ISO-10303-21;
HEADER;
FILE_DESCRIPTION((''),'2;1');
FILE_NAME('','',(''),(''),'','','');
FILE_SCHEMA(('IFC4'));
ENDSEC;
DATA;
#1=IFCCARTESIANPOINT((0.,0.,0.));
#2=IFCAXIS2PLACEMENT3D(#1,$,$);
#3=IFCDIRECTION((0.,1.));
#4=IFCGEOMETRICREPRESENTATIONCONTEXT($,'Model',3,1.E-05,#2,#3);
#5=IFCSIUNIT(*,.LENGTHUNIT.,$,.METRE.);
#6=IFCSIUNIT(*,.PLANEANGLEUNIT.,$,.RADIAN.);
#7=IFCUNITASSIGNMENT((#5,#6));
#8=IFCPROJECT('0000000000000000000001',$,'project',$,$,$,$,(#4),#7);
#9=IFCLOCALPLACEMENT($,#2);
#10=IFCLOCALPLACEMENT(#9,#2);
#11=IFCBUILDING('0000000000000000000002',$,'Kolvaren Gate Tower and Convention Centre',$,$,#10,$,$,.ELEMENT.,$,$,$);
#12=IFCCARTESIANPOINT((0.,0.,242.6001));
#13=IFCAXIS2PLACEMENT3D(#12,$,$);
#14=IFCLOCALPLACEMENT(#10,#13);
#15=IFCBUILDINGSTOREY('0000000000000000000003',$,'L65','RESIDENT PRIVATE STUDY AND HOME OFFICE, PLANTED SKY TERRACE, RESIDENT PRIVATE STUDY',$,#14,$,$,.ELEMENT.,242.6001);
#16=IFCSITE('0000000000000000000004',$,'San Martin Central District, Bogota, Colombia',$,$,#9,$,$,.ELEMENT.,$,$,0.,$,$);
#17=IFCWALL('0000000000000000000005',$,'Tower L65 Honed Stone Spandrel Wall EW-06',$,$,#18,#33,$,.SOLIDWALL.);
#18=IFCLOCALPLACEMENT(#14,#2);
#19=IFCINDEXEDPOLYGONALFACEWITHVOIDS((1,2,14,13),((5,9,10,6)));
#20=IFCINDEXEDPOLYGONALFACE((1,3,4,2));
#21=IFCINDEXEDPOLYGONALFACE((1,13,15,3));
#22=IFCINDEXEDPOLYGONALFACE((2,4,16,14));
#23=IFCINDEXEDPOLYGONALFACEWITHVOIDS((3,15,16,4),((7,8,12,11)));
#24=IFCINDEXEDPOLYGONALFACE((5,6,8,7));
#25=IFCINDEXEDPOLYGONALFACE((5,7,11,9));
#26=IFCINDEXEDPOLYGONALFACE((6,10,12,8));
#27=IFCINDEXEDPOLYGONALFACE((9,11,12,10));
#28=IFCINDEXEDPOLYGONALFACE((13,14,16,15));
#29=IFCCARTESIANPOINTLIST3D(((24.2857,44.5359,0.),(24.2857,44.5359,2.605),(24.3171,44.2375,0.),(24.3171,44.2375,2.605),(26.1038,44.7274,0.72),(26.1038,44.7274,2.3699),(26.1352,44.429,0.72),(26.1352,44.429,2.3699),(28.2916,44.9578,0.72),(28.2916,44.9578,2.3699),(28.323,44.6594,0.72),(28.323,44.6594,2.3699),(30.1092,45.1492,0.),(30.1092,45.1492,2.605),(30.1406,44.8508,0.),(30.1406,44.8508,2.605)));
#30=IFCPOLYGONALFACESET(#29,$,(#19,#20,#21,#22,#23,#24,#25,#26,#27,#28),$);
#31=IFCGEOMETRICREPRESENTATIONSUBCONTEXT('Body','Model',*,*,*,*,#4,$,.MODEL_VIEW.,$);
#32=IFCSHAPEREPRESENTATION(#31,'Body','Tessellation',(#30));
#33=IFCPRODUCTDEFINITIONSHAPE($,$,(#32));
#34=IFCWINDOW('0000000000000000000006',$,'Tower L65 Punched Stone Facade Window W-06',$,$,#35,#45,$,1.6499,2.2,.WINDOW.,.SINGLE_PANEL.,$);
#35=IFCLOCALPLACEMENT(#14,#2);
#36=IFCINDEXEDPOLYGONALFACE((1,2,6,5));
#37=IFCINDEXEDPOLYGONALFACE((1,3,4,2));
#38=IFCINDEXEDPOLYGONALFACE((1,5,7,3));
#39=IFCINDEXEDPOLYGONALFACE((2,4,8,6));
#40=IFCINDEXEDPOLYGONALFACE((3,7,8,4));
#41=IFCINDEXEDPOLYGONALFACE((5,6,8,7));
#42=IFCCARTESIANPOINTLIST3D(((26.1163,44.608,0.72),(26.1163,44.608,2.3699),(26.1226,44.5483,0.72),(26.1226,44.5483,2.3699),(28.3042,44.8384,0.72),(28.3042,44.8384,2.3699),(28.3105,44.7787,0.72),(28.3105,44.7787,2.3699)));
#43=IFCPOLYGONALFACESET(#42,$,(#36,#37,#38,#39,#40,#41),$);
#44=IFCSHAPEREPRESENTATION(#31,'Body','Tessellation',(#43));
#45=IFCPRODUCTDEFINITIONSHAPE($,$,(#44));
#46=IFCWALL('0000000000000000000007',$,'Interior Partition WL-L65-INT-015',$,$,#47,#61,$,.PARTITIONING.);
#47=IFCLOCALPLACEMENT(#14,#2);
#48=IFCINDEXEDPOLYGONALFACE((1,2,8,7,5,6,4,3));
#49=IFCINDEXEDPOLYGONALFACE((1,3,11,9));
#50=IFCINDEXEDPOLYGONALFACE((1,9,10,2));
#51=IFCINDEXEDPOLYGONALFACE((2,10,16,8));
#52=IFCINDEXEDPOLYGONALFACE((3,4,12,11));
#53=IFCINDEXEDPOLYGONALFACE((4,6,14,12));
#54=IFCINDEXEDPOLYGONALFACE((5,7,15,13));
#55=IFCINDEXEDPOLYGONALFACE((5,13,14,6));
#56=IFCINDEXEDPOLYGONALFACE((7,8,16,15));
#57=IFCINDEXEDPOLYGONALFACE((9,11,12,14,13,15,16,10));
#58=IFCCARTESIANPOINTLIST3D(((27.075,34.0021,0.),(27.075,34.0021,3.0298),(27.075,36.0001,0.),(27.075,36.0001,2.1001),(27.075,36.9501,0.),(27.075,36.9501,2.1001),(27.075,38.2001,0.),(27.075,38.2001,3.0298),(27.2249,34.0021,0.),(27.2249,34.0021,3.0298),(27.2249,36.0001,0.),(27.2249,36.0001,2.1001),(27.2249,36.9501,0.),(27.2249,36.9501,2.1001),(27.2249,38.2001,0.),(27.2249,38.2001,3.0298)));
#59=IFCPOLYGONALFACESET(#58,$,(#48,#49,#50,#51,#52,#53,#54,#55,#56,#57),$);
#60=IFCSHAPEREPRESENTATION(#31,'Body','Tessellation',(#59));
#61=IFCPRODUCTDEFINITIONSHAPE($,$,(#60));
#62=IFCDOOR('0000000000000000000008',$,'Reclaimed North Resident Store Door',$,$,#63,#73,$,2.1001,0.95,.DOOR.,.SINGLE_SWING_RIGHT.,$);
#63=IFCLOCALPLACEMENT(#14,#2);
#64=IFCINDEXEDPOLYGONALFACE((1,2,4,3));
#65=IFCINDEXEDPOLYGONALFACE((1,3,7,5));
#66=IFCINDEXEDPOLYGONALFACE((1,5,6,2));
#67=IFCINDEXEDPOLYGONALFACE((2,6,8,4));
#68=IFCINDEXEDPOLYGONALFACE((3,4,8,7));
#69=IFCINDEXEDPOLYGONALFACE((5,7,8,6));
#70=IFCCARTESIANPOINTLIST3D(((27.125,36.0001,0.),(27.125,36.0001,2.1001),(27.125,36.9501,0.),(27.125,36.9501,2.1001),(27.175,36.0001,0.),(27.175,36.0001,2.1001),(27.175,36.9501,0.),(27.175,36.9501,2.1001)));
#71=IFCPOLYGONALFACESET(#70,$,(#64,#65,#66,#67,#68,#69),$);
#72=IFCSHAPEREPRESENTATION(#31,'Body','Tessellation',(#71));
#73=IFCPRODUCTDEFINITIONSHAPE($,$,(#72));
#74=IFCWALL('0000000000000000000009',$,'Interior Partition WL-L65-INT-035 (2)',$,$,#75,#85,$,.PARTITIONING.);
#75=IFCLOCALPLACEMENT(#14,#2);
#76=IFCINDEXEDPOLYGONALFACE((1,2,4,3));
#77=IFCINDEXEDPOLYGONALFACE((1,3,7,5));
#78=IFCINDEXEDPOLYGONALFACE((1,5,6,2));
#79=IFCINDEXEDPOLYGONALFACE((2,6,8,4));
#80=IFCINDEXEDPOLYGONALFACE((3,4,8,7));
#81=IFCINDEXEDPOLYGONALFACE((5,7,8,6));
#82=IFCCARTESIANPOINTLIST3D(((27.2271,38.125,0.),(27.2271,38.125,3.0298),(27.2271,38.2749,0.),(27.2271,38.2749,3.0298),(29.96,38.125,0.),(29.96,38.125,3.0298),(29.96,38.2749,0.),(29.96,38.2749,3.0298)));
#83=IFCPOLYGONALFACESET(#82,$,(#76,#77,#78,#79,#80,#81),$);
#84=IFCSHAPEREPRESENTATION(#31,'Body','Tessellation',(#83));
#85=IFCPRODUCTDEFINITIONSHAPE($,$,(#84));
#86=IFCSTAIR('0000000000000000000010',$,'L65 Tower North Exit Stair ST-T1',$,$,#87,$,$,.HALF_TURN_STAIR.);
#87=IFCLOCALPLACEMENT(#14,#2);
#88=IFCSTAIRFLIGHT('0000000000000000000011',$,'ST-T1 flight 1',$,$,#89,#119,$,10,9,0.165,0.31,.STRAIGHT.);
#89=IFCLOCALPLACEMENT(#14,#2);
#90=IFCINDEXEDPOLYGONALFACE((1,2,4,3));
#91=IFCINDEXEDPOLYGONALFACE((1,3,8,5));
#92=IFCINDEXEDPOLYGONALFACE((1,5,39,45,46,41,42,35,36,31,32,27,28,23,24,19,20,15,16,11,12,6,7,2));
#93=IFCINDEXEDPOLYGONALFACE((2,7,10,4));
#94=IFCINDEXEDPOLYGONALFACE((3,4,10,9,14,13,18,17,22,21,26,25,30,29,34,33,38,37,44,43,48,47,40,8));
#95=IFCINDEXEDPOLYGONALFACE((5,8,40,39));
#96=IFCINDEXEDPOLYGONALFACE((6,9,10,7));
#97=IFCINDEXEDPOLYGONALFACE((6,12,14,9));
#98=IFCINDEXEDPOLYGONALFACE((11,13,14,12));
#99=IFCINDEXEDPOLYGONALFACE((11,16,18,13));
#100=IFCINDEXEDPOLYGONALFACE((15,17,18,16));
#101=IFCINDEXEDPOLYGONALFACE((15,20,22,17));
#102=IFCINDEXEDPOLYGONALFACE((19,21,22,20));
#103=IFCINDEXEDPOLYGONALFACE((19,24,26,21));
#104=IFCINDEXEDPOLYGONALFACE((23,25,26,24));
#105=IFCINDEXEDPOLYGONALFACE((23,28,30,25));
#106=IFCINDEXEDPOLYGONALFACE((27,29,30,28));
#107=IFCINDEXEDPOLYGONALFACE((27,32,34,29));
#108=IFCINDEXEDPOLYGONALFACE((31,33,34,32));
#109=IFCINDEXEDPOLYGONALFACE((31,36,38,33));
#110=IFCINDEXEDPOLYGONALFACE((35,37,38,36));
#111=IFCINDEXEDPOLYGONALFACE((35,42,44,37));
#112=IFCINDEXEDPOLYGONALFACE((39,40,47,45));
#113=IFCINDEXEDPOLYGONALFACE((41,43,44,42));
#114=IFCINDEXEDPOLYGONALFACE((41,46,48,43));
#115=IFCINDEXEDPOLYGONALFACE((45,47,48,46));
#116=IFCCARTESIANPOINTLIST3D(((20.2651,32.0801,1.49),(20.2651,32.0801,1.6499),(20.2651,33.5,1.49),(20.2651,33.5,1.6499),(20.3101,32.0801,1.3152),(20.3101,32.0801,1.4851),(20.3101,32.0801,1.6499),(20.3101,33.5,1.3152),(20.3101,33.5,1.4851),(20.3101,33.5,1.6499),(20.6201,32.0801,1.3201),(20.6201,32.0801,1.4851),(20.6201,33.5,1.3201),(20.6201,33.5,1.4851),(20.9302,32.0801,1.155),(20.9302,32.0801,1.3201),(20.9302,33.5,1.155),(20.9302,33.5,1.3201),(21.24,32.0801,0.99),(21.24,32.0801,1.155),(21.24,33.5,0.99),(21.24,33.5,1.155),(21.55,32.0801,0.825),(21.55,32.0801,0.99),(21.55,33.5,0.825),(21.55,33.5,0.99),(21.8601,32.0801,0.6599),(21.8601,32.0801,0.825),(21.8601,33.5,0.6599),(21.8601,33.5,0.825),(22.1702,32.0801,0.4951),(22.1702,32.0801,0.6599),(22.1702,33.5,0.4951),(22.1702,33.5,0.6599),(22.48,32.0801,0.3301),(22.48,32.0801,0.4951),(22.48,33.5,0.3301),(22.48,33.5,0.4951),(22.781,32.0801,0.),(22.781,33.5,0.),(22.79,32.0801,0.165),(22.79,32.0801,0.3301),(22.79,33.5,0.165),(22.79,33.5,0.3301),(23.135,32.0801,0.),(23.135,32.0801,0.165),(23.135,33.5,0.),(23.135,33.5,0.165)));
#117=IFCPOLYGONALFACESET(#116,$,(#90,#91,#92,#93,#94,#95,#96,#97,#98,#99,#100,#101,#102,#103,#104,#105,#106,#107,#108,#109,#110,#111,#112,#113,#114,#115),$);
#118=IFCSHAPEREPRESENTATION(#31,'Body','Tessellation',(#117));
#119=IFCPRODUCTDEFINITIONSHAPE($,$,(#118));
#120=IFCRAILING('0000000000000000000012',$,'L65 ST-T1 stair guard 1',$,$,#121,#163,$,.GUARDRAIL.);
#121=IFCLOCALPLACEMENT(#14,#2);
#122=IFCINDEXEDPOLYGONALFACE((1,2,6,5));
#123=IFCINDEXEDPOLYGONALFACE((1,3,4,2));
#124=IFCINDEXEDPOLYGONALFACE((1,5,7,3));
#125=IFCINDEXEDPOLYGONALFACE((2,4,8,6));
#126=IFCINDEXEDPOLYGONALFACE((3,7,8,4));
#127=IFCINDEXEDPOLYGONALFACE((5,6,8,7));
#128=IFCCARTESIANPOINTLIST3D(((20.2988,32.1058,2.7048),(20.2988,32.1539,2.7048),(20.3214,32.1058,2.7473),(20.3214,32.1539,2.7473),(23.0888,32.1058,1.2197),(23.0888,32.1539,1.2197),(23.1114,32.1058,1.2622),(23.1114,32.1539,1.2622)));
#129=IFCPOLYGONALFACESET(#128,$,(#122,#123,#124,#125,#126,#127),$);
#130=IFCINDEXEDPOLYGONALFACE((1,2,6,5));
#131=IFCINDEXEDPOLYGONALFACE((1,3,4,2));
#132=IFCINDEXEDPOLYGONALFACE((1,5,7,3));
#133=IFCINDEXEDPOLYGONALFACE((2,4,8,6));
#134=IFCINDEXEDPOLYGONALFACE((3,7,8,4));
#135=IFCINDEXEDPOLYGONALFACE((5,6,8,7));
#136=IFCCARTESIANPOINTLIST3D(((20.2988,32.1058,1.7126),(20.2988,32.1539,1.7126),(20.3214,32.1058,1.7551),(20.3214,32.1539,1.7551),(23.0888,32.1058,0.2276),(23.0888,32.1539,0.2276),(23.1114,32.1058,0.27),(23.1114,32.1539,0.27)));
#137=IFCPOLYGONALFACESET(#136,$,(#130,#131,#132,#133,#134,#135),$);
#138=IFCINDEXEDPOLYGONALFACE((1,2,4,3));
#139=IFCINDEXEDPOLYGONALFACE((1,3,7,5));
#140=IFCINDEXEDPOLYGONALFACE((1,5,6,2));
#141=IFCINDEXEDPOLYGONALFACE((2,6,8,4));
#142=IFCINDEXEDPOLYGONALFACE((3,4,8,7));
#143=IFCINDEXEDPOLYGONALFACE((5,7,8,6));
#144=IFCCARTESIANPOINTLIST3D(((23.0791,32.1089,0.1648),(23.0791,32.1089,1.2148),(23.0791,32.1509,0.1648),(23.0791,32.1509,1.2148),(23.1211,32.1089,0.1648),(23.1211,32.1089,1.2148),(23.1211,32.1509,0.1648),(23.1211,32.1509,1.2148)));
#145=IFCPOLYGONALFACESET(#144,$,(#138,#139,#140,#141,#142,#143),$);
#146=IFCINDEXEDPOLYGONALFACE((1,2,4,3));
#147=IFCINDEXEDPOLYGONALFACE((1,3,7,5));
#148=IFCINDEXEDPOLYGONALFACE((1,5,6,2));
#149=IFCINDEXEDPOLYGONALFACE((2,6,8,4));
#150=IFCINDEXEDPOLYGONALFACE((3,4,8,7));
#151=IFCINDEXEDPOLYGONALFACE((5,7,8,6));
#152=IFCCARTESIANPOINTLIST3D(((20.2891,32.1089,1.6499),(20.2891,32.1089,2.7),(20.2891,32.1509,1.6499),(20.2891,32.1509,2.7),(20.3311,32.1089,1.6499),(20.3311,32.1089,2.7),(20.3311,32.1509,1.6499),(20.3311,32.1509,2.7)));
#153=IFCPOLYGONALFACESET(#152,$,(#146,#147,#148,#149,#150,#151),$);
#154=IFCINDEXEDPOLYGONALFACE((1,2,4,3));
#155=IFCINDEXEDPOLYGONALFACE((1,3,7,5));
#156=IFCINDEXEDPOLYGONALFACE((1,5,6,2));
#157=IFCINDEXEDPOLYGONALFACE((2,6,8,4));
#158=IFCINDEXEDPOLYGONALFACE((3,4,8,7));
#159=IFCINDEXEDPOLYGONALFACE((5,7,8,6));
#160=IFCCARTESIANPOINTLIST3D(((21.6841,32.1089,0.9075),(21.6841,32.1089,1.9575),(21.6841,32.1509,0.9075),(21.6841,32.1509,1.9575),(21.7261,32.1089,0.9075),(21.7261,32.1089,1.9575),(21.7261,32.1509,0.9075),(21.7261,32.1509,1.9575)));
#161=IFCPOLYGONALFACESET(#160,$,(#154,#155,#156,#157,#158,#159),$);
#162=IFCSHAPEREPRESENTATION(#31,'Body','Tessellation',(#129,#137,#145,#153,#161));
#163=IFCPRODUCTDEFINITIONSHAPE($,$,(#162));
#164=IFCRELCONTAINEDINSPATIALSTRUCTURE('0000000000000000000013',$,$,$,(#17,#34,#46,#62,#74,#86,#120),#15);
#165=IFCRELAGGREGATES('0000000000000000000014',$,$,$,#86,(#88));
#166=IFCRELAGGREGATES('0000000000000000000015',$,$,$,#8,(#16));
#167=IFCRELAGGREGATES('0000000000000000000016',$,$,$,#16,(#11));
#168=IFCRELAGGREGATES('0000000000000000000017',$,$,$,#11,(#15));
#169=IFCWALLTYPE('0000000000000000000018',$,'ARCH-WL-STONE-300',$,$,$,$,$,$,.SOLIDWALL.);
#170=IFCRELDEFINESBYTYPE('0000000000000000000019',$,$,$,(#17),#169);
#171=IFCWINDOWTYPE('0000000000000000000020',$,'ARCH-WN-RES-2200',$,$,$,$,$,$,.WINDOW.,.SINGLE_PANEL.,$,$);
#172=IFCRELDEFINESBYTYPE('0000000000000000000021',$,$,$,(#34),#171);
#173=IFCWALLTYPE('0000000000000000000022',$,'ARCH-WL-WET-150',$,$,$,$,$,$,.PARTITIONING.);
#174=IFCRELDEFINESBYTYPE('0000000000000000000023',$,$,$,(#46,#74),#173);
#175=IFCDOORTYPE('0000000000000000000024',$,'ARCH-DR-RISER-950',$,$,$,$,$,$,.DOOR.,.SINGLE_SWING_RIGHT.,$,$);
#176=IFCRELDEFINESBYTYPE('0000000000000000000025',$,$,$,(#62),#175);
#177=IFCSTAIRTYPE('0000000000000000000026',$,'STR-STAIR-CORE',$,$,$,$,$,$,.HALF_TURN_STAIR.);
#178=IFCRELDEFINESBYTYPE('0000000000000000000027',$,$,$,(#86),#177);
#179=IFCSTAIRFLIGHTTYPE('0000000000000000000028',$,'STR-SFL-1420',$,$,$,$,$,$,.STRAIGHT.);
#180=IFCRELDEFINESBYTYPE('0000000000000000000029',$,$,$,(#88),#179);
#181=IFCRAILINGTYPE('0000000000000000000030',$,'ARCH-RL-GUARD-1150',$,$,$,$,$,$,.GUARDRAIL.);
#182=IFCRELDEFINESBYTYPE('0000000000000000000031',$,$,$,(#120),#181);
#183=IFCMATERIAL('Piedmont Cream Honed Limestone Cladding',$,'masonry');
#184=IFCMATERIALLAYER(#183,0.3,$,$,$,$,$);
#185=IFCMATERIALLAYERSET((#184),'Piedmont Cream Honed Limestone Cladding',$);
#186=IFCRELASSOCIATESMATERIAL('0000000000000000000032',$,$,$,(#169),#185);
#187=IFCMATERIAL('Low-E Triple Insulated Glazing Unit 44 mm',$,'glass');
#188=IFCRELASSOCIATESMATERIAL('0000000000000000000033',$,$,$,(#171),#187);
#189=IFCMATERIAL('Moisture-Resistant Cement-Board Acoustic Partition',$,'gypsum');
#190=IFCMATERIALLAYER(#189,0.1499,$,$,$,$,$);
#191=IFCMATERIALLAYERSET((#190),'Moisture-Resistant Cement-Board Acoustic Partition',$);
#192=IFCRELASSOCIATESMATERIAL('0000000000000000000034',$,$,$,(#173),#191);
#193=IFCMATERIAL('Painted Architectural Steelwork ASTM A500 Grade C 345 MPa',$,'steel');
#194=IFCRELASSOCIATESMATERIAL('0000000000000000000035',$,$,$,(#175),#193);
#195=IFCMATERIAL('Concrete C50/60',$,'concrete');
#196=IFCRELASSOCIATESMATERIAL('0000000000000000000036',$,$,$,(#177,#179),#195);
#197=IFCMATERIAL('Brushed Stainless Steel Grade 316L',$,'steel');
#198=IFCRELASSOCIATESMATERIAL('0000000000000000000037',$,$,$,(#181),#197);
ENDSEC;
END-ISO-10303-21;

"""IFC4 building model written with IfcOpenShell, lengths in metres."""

from ifc_helpers import new_model, si_unit, direction, frame, frame_2d, origin, origin_2d, place, context, subcontext, project, spatial, polyline, rectangle, outline, extrude, material, layer, layer_set, type_object, element, fill, aggregate, save


model = new_model("IFC4")

# Units and contexts
model_context = context("Model", 3, precision=1e-05, world=origin(), true_north=direction((0.0, 1.0)))
body_context = subcontext(model_context, "Body", "Model", "MODEL_VIEW")
ifc_project = project(units=[si_unit("LENGTHUNIT", "METRE"), si_unit("PLANEANGLEUNIT", "RADIAN")], contexts=[model_context])

# Site, building, storey
site_placement = place(None, origin())
site = spatial("IfcSite", under=ifc_project, at=site_placement, Name="San Martin Central District, Bogota, Colombia", CompositionType="ELEMENT", RefElevation=0.0)
building_placement = place(site_placement, origin())
building = spatial("IfcBuilding", under=site, at=building_placement, Name="Kolvaren Gate Tower and Convention Centre", CompositionType="ELEMENT")
storey_placement = place(building_placement, frame((0.0, 0.0, 242.6001)))
storey = spatial("IfcBuildingStorey", under=building, at=storey_placement, Name="L65", Description="RESIDENT PRIVATE STUDY AND HOME OFFICE, PLANTED SKY TERRACE, RESIDENT PRIVATE STUDY", CompositionType="ELEMENT", Elevation=242.6001)

# Shared definitions
ifc_material_1 = material(Name="Concrete C50/60", Category="concrete")

# Wall, opening, window
ifc_material_2 = material(Name="Piedmont Cream Honed Limestone Cladding", Category="masonry")
ifc_layer_1 = layer(ifc_material_2, 0.3)
ifc_layer_set_1 = layer_set([ifc_layer_1], Name="Piedmont Cream Honed Limestone Cladding")
wall_type_1 = type_object("IfcWallType", Name="ARCH-WL-STONE-300", PredefinedType="SOLIDWALL", material=ifc_layer_set_1)
wall_1_placement = place(storey_placement, frame((24.3015, 44.3867, 0.0), z_axis=(0.0, 0.0, 1.0), x_axis=(0.9945, 0.104733, 0.0)))
wall_1 = element("IfcWall", 1, at=wall_1_placement, inside=storey, type_object=wall_type_1, Name="Tower L65 Honed Stone Spandrel Wall EW-06", PredefinedType="SOLIDWALL", context=body_context, shape_type="SweptSolid", body=[
    extrude(rectangle(XDim=5.8557, YDim=0.3, at=frame_2d((2.9277, 0.0))), origin(), (0.0, 0.0, 1.0), 2.605),
])
opening_1_placement = place(wall_1_placement, frame((1.8279, 0.0, 0.72)))
opening_1 = element("IfcOpeningElement", 2, at=opening_1_placement, cuts=wall_1, PredefinedType="OPENING", context=body_context, shape_type="SweptSolid", body=[
    extrude(rectangle(XDim=2.2, YDim=1.6499, at=frame_2d((1.1001, 0.825))), frame((0.0, 0.1599, 0.0), z_axis=(0.0, -1.0, 0.0), x_axis=(1.0, 0.0, 0.0)), (0.0, 0.0, 1.0), 0.3201),
])
ifc_material_3 = material(Name="Low-E Triple Insulated Glazing Unit 44 mm", Category="glass")
window_type = type_object("IfcWindowType", Name="ARCH-WN-RES-2200", PartitioningType="SINGLE_PANEL", PredefinedType="WINDOW", material=ifc_material_3)
window_placement = place(opening_1_placement, origin())
window = element("IfcWindow", 3, at=window_placement, inside=storey, type_object=window_type, Name="Tower L65 Punched Stone Facade Window W-06", OverallHeight=1.6499, OverallWidth=2.2, PartitioningType="SINGLE_PANEL", PredefinedType="WINDOW", context=body_context, shape_type="SweptSolid", body=[
    extrude(rectangle(XDim=2.2, YDim=1.6499, at=frame_2d((1.1001, 0.825))), frame((0.0, 0.03, 0.0), z_axis=(0.0, -1.0, 0.0), x_axis=(1.0, 0.0, 0.0)), (0.0, 0.0, 1.0), 0.0601),
])
fill(opening_1, window)

# Wall, opening, door
ifc_material_4 = material(Name="Moisture-Resistant Cement-Board Acoustic Partition", Category="gypsum")
ifc_layer_2 = layer(ifc_material_4, 0.1499)
ifc_layer_set_2 = layer_set([ifc_layer_2], Name="Moisture-Resistant Cement-Board Acoustic Partition")
wall_type_2 = type_object("IfcWallType", Name="ARCH-WL-WET-150", PredefinedType="PARTITIONING", material=ifc_layer_set_2)
wall_2_placement = place(storey_placement, frame((27.1499, 34.002, 0.0), z_axis=(0.0, 0.0, 1.0), x_axis=(0.0, 1.0, 0.0)))
wall_2 = element("IfcWall", 4, at=wall_2_placement, inside=storey, type_object=wall_type_2, Name="Interior Partition WL-L65-INT-015", PredefinedType="PARTITIONING", context=body_context, shape_type="SweptSolid", body=[
    extrude(rectangle(XDim=4.198, YDim=0.1499, at=frame_2d((2.0991, 0.0))), origin(), (0.0, 0.0, 1.0), 3.0298),
])
opening_2_placement = place(wall_2_placement, frame((1.998, 0.0, 0.0)))
opening_2 = element("IfcOpeningElement", 5, at=opening_2_placement, cuts=wall_2, PredefinedType="OPENING", context=body_context, shape_type="SweptSolid", body=[
    extrude(rectangle(XDim=0.95, YDim=2.1001, at=frame_2d((0.4751, 1.05))), frame((0.0, 0.085, 0.0), z_axis=(0.0, -1.0, 0.0), x_axis=(1.0, 0.0, 0.0)), (0.0, 0.0, 1.0), 0.1699),
])
ifc_material_5 = material(Name="Painted Architectural Steelwork ASTM A500 Grade C 345 MPa", Category="steel")
door_type = type_object("IfcDoorType", Name="ARCH-DR-RISER-950", OperationType="SINGLE_SWING_RIGHT", PredefinedType="DOOR", material=ifc_material_5)
door_placement = place(opening_2_placement, origin())
door = element("IfcDoor", 6, at=door_placement, inside=storey, type_object=door_type, Name="Reclaimed North Resident Store Door", OperationType="SINGLE_SWING_RIGHT", OverallHeight=2.1001, OverallWidth=0.95, PredefinedType="DOOR", context=body_context, shape_type="SweptSolid", body=[
    extrude(rectangle(XDim=0.95, YDim=2.1001, at=frame_2d((0.4751, 1.05))), frame((0.0, 0.0249, 0.0), z_axis=(0.0, -1.0, 0.0), x_axis=(1.0, 0.0, 0.0)), (0.0, 0.0, 1.0), 0.05),
])
fill(opening_2, door)

# Wall
wall_3_placement = place(storey_placement, frame((27.2271, 38.2, 0.0), z_axis=(0.0, 0.0, 1.0), x_axis=(1.0, 0.0, 0.0)))
element("IfcWall", 7, at=wall_3_placement, inside=storey, type_object=wall_type_2, Name="Interior Partition WL-L65-INT-035 (2)", PredefinedType="PARTITIONING", context=body_context, shape_type="SweptSolid", body=[
    extrude(rectangle(XDim=2.7329, YDim=0.1499, at=frame_2d((1.3665, 0.0))), origin(), (0.0, 0.0, 1.0), 3.0298),
])

# Stair, stair flight
stair_type = type_object("IfcStairType", Name="STR-STAIR-CORE", PredefinedType="HALF_TURN_STAIR", material=ifc_material_1)
stair_placement = place(storey_placement, origin())
stair = element("IfcStair", 8, at=stair_placement, inside=storey, type_object=stair_type, Name="L65 Tower North Exit Stair ST-T1", PredefinedType="HALF_TURN_STAIR")
stair_flight_type = type_object("IfcStairFlightType", Name="STR-SFL-1420", PredefinedType="STRAIGHT", material=ifc_material_1)
stair_flight_placement = place(storey_placement, frame((23.1001, 32.79, 0.0), z_axis=(0.0, 0.0, 1.0), x_axis=(-1.0, 0.0, 0.0)))
stair_flight = element("IfcStairFlight", 9, at=stair_flight_placement, type_object=stair_flight_type, Name="ST-T1 flight 1", NumberOfRisers=10, NumberOfTreads=9, PredefinedType="STRAIGHT", RiserHeight=0.165, TreadLength=0.31, context=body_context, shape_type="SweptSolid", body=[
    extrude(outline(polyline([(-0.0349, 0.0), (-0.0349, 0.165), (0.3101, 0.165), (0.3101, 0.3301), (0.6201, 0.3301), (0.6201, 0.4951), (0.9299, 0.4951), (0.9299, 0.6599), (1.24, 0.6599), (1.24, 0.825), (1.55, 0.825), (1.55, 0.99), (1.8601, 0.99), (1.8601, 1.155), (2.1699, 1.155), (2.1699, 1.3201), (2.48, 1.3201), (2.48, 1.4851), (2.79, 1.4851), (2.79, 1.6499), (2.835, 1.6499), (2.835, 1.49), (2.79, 1.3152), (0.3191, 0.0), (-0.0349, 0.0)])), frame((0.0, 0.71, 0.0), z_axis=(0.0, -1.0, 0.0), x_axis=(1.0, 0.0, 0.0)), (0.0, 0.0, 1.0), 1.4199),
])
aggregate(stair, [stair_flight])

# Railing
ifc_material_6 = material(Name="Brushed Stainless Steel Grade 316L", Category="steel")
railing_type_1 = type_object("IfcRailingType", Name="ARCH-RL-GUARD-1150", PredefinedType="GUARDRAIL", material=ifc_material_6)
railing_1_placement = place(storey_placement, frame((23.1001, 32.1299, 0.1648)))
element("IfcRailing", 10, at=railing_1_placement, inside=storey, type_object=railing_type_1, Name="L65 ST-T1 stair guard 1", PredefinedType="GUARDRAIL", context=body_context, shape_type="SweptSolid", body=[
    extrude(rectangle(XDim=0.0481, YDim=0.0481, at=origin_2d()), frame((0.0, 0.0, 1.0762), z_axis=(-0.882735, 0.0, 0.46987), x_axis=(0.0, -1.0, 0.0)), (0.0, 0.0, 1.0), 3.1606),
    extrude(rectangle(XDim=0.0481, YDim=0.0481, at=origin_2d()), frame((0.0, 0.0, 0.084), z_axis=(-0.882735, 0.0, 0.46987), x_axis=(0.0, -1.0, 0.0)), (0.0, 0.0, 1.0), 3.1606),
    extrude(rectangle(XDim=0.042, YDim=0.042, at=origin_2d()), origin(), (0.0, 0.0, 1.0), 1.05),
    extrude(rectangle(XDim=0.042, YDim=0.042, at=origin_2d()), frame((-2.79, 0.0, 1.4851)), (0.0, 0.0, 1.0), 1.05),
    extrude(rectangle(XDim=0.042, YDim=0.042, at=origin_2d()), frame((-1.395, 0.0, 0.7427)), (0.0, 0.0, 1.0), 1.05),
])

save(model, "model.ifc")
